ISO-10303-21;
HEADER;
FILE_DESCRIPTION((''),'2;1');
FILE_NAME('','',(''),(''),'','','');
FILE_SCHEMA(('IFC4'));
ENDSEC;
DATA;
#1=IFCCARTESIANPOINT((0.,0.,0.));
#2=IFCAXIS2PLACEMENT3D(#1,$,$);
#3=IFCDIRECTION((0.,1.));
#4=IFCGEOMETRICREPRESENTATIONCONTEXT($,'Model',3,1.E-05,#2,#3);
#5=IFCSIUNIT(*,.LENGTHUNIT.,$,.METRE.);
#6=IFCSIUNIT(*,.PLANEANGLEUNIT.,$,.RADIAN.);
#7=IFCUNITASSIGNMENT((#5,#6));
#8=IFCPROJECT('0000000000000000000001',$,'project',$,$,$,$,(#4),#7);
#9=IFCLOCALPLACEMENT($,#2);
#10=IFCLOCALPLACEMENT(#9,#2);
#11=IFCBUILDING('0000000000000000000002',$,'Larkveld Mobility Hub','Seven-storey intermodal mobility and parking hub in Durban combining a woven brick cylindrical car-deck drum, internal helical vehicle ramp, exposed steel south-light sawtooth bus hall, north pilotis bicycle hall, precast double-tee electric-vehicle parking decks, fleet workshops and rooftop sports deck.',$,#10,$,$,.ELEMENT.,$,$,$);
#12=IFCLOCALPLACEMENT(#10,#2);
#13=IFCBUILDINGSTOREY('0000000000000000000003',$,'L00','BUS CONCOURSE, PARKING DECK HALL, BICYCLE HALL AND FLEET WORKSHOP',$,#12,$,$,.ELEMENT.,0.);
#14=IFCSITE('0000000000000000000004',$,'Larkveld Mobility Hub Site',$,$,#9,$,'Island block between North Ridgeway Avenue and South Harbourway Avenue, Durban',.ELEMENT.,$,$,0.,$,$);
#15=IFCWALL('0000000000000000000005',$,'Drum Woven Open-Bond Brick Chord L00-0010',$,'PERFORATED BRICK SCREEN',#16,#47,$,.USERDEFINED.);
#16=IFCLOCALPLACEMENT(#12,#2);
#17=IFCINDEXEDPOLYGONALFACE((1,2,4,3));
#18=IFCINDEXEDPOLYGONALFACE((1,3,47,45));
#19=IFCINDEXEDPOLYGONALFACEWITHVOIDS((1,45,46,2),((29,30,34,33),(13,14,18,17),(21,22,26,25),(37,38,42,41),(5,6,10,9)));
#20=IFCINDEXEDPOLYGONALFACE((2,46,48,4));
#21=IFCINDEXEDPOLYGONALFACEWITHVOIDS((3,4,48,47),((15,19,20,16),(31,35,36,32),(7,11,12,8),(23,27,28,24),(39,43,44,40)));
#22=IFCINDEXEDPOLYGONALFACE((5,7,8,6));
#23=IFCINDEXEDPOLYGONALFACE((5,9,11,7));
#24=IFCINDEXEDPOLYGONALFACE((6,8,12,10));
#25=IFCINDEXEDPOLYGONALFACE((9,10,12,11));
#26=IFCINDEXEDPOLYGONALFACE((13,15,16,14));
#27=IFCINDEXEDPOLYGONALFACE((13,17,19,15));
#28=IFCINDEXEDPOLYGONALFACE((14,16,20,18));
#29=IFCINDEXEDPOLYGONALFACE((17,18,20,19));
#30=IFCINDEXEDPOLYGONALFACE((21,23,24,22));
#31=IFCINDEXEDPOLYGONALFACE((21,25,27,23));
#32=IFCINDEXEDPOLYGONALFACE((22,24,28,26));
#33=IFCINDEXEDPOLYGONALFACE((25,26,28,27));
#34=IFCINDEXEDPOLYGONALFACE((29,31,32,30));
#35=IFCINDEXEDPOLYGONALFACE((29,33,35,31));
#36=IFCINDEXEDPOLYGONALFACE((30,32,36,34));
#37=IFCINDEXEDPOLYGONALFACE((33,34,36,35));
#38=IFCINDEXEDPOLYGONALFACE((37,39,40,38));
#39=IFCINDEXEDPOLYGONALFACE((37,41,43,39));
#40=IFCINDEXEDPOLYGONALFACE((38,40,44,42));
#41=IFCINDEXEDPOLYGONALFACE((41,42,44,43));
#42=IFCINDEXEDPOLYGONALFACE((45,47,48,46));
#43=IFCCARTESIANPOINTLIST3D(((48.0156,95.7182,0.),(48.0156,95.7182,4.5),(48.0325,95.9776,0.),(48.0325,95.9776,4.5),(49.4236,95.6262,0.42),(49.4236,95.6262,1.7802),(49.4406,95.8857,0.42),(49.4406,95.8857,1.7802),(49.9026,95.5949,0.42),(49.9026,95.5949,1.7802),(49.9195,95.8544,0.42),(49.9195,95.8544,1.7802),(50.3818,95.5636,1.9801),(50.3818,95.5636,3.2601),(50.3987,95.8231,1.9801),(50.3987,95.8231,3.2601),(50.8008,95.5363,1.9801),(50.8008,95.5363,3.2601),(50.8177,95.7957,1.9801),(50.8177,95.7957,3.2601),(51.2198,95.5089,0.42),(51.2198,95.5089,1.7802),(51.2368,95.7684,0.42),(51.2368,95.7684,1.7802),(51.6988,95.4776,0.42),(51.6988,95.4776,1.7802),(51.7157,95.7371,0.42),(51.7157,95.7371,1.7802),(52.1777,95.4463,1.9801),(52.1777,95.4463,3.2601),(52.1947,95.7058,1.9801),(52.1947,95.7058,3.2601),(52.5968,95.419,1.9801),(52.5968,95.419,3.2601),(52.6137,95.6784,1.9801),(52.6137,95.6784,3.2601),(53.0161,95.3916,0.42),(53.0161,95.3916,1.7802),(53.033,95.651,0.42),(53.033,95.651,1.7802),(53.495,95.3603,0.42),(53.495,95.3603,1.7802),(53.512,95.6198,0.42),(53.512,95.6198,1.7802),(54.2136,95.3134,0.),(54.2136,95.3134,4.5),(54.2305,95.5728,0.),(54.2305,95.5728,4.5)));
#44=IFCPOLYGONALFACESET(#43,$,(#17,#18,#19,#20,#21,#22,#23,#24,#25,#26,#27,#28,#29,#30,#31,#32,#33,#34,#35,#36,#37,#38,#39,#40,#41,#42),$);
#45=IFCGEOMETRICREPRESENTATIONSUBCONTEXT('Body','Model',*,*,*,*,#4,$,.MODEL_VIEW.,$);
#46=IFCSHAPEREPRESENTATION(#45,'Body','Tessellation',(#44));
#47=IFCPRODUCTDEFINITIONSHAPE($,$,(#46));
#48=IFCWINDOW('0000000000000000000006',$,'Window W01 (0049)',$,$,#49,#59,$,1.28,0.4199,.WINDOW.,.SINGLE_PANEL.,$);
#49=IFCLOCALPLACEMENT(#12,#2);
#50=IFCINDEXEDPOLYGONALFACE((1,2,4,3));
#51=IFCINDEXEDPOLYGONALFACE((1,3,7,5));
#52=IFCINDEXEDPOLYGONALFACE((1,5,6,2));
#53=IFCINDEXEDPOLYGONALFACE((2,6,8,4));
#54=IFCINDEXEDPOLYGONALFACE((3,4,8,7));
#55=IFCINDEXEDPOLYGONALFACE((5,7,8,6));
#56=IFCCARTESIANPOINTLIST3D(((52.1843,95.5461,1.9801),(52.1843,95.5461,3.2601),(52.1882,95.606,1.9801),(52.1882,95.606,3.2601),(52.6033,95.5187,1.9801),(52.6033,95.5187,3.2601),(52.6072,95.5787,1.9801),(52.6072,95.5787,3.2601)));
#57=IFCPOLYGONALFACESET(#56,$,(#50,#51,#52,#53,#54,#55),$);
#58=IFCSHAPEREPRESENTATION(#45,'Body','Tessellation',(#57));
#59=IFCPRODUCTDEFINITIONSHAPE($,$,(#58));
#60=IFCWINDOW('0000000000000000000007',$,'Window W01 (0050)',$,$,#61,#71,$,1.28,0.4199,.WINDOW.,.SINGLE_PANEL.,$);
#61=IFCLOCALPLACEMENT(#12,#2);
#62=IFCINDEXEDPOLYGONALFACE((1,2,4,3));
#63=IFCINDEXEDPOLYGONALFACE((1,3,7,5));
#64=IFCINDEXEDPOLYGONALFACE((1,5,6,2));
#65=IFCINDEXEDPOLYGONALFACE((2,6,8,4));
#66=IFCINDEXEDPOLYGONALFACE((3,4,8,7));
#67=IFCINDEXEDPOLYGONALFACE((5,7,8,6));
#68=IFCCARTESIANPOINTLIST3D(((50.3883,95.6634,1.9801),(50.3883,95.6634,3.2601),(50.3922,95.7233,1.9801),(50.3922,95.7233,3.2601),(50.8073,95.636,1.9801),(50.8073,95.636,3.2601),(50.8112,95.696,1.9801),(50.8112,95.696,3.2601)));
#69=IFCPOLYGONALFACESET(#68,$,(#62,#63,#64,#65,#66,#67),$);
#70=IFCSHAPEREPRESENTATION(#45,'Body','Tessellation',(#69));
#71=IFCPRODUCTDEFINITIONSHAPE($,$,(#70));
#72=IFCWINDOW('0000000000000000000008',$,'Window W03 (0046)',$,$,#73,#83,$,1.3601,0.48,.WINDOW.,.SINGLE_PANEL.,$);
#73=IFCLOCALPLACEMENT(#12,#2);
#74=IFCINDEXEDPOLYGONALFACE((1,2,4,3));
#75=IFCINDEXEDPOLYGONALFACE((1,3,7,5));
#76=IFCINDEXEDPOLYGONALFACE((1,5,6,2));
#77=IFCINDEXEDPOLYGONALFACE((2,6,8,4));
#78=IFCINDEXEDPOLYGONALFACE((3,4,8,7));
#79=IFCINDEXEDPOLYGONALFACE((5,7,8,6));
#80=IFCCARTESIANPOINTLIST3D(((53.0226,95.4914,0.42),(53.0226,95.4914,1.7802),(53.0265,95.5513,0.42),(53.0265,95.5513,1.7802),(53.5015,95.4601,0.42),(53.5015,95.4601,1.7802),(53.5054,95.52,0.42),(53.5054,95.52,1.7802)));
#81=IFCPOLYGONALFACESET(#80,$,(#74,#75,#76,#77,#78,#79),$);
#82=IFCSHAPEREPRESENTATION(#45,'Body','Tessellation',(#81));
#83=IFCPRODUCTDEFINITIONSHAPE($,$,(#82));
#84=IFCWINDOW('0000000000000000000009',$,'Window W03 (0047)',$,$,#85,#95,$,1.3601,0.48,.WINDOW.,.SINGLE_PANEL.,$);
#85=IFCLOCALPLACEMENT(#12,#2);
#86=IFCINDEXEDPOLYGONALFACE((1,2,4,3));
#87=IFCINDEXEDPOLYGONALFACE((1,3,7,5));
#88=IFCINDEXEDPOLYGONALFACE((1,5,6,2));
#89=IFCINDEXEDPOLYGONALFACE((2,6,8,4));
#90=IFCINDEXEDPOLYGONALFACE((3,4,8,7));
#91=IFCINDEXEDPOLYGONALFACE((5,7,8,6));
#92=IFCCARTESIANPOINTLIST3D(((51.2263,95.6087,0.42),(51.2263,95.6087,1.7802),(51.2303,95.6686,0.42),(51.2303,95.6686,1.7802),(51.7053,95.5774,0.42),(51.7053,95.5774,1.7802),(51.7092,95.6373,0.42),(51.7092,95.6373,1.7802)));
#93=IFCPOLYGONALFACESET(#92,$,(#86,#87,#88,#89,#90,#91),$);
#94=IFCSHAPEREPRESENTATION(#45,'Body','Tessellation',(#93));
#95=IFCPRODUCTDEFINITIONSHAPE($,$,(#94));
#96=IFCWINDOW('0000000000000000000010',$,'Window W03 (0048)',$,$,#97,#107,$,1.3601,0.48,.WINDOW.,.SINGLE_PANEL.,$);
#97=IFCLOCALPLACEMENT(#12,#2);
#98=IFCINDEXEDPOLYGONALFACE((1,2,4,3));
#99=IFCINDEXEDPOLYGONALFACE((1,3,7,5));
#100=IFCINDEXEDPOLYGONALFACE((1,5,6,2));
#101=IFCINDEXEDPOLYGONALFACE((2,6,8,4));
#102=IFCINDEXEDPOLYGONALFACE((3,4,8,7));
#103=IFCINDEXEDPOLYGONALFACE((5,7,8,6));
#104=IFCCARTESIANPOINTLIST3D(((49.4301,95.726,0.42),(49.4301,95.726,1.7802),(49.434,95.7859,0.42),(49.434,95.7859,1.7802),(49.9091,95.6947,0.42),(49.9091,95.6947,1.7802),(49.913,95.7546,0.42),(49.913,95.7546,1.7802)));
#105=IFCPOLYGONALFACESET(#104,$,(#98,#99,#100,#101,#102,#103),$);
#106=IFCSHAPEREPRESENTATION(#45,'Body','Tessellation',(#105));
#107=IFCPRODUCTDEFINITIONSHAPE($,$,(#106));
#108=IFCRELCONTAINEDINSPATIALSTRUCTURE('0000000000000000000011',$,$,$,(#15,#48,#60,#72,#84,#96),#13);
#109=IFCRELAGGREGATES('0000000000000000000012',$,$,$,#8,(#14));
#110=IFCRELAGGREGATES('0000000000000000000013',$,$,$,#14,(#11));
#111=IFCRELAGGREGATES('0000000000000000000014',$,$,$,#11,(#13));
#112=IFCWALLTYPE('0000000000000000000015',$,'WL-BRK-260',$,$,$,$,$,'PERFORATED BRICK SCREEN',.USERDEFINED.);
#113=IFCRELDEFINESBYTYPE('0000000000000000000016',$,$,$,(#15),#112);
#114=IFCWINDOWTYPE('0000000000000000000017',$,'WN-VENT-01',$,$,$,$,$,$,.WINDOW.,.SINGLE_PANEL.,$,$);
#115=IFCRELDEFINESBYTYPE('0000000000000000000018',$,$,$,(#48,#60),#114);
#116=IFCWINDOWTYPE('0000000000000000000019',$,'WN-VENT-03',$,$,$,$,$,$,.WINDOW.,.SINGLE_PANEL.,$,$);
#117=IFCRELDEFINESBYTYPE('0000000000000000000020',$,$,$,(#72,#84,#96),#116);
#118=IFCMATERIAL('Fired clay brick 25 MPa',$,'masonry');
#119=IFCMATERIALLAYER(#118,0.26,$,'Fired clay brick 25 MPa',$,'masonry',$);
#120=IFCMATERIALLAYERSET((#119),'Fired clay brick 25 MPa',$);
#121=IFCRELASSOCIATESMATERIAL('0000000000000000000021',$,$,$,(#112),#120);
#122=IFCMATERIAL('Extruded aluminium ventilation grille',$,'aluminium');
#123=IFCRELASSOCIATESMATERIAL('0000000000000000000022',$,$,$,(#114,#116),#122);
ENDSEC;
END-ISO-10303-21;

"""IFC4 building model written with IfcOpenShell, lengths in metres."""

from ifc_helpers import new_model, si_unit, direction, frame, frame_2d, origin, place, context, subcontext, project, spatial, rectangle, extrude, material, layer, layer_set, type_object, element, fill, save


model = new_model("IFC4")

# Units and contexts
model_context = context("Model", 3, precision=1e-05, world=origin(), true_north=direction((0.0, 1.0)))
body_context = subcontext(model_context, "Body", "Model", "MODEL_VIEW")
ifc_project = project(units=[si_unit("LENGTHUNIT", "METRE"), si_unit("PLANEANGLEUNIT", "RADIAN")], contexts=[model_context])

# Site, building, storey
site_placement = place(None, origin())
site = spatial("IfcSite", under=ifc_project, at=site_placement, Name="Larkveld Mobility Hub Site", LongName="Island block between North Ridgeway Avenue and South Harbourway Avenue, Durban", CompositionType="ELEMENT", RefElevation=0.0)
building_placement = place(site_placement, origin())
building = spatial("IfcBuilding", under=site, at=building_placement, Name="Larkveld Mobility Hub", Description="Seven-storey intermodal mobility and parking hub in Durban combining a woven brick cylindrical car-deck drum, internal helical vehicle ramp, exposed steel south-light sawtooth bus hall, north pilotis bicycle hall, precast double-tee electric-vehicle parking decks, fleet workshops and rooftop sports deck.", CompositionType="ELEMENT")
storey_placement = place(building_placement, origin())
storey = spatial("IfcBuildingStorey", under=building, at=storey_placement, Name="L00", Description="BUS CONCOURSE, PARKING DECK HALL, BICYCLE HALL AND FLEET WORKSHOP", CompositionType="ELEMENT", Elevation=0.0)

# Wall, openings, windows
ifc_material_1 = material(Name="Fired clay brick 25 MPa", Category="masonry")
ifc_layer_1 = layer(ifc_material_1, 0.26, Name="Fired clay brick 25 MPa", Category="masonry")
ifc_layer_set_1 = layer_set([ifc_layer_1], Name="Fired clay brick 25 MPa")
wall_type_1 = type_object("IfcWallType", Name="WL-BRK-260", ElementType="PERFORATED BRICK SCREEN", PredefinedType="USERDEFINED", material=ifc_layer_set_1)
wall_1_placement = place(storey_placement, frame((54.2219, 95.4431, 0.0), z_axis=(0.0, 0.0, 1.0), x_axis=(-0.997874, 0.06517, 0.0)))
wall_1 = element("IfcWall", 1, at=wall_1_placement, inside=storey, type_object=wall_type_1, Name="Drum Woven Open-Bond Brick Chord L00-0010", ObjectType="PERFORATED BRICK SCREEN", PredefinedType="USERDEFINED", context=body_context, shape_type="SweptSolid", body=[
    extrude(rectangle(XDim=6.2112, YDim=0.26, at=frame_2d((3.1055, 0.0))), origin(), (0.0, 0.0, 1.0), 4.5),
])
opening_1_placement = place(wall_1_placement, frame((0.72, 0.0, 0.4199)))
opening_1 = element("IfcOpeningElement", 2, at=opening_1_placement, cuts=wall_1, PredefinedType="OPENING", context=body_context, shape_type="SweptSolid", body=[
    extrude(rectangle(XDim=0.48, YDim=1.3601, at=frame_2d((0.24, 0.6802))), frame((0.0, 0.1401, 0.0), z_axis=(0.0, -1.0, 0.0), x_axis=(1.0, 0.0, 0.0)), (0.0, 0.0, 1.0), 0.28),
])
opening_2_placement = place(wall_1_placement, frame((2.52, 0.0, 0.4199)))
opening_2 = element("IfcOpeningElement", 3, at=opening_2_placement, cuts=wall_1, PredefinedType="OPENING", context=body_context, shape_type="SweptSolid", body=[
    extrude(rectangle(XDim=0.48, YDim=1.3601, at=frame_2d((0.24, 0.6802))), frame((0.0, 0.1401, 0.0), z_axis=(0.0, -1.0, 0.0), x_axis=(1.0, 0.0, 0.0)), (0.0, 0.0, 1.0), 0.28),
])
opening_3_placement = place(wall_1_placement, frame((4.3201, 0.0, 0.4199)))
opening_3 = element("IfcOpeningElement", 4, at=opening_3_placement, cuts=wall_1, PredefinedType="OPENING", context=body_context, shape_type="SweptSolid", body=[
    extrude(rectangle(XDim=0.48, YDim=1.3601, at=frame_2d((0.24, 0.6802))), frame((0.0, 0.1401, 0.0), z_axis=(0.0, -1.0, 0.0), x_axis=(1.0, 0.0, 0.0)), (0.0, 0.0, 1.0), 0.28),
])
opening_4_placement = place(wall_1_placement, frame((1.6201, 0.0, 1.98)))
opening_4 = element("IfcOpeningElement", 5, at=opening_4_placement, cuts=wall_1, PredefinedType="OPENING", context=body_context, shape_type="SweptSolid", body=[
    extrude(rectangle(XDim=0.4199, YDim=1.28, at=frame_2d((0.21, 0.6401))), frame((0.0, 0.1401, 0.0), z_axis=(0.0, -1.0, 0.0), x_axis=(1.0, 0.0, 0.0)), (0.0, 0.0, 1.0), 0.28),
])
opening_5_placement = place(wall_1_placement, frame((3.4199, 0.0, 1.98)))
opening_5 = element("IfcOpeningElement", 6, at=opening_5_placement, cuts=wall_1, PredefinedType="OPENING", context=body_context, shape_type="SweptSolid", body=[
    extrude(rectangle(XDim=0.4199, YDim=1.28, at=frame_2d((0.21, 0.6401))), frame((0.0, 0.1401, 0.0), z_axis=(0.0, -1.0, 0.0), x_axis=(1.0, 0.0, 0.0)), (0.0, 0.0, 1.0), 0.28),
])
ifc_material_2 = material(Name="Extruded aluminium ventilation grille", Category="aluminium")
window_type_1 = type_object("IfcWindowType", Name="WN-VENT-01", PartitioningType="SINGLE_PANEL", PredefinedType="WINDOW", material=ifc_material_2)
window_1_placement = place(opening_4_placement, origin())
window_1 = element("IfcWindow", 7, at=window_1_placement, inside=storey, type_object=window_type_1, Name="Window W01 (0049)", OverallHeight=1.28, OverallWidth=0.4199, PartitioningType="SINGLE_PANEL", PredefinedType="WINDOW", context=body_context, shape_type="SweptSolid", body=[
    extrude(rectangle(XDim=0.4199, YDim=1.28, at=frame_2d((0.21, 0.6401))), frame((0.0, 0.03, 0.0), z_axis=(0.0, -1.0, 0.0), x_axis=(1.0, 0.0, 0.0)), (0.0, 0.0, 1.0), 0.0601),
])
fill(opening_4, window_1)
window_2_placement = place(opening_5_placement, origin())
window_2 = element("IfcWindow", 8, at=window_2_placement, inside=storey, type_object=window_type_1, Name="Window W01 (0050)", OverallHeight=1.28, OverallWidth=0.4199, PartitioningType="SINGLE_PANEL", PredefinedType="WINDOW", context=body_context, shape_type="SweptSolid", body=[
    extrude(rectangle(XDim=0.4199, YDim=1.28, at=frame_2d((0.21, 0.6401))), frame((0.0, 0.03, 0.0), z_axis=(0.0, -1.0, 0.0), x_axis=(1.0, 0.0, 0.0)), (0.0, 0.0, 1.0), 0.0601),
])
fill(opening_5, window_2)
window_type_2 = type_object("IfcWindowType", Name="WN-VENT-03", PartitioningType="SINGLE_PANEL", PredefinedType="WINDOW", material=ifc_material_2)
window_3_placement = place(opening_1_placement, origin())
window_3 = element("IfcWindow", 9, at=window_3_placement, inside=storey, type_object=window_type_2, Name="Window W03 (0046)", OverallHeight=1.3601, OverallWidth=0.48, PartitioningType="SINGLE_PANEL", PredefinedType="WINDOW", context=body_context, shape_type="SweptSolid", body=[
    extrude(rectangle(XDim=0.48, YDim=1.3601, at=frame_2d((0.24, 0.6802))), frame((0.0, 0.03, 0.0), z_axis=(0.0, -1.0, 0.0), x_axis=(1.0, 0.0, 0.0)), (0.0, 0.0, 1.0), 0.0601),
])
fill(opening_1, window_3)
window_4_placement = place(opening_2_placement, origin())
window_4 = element("IfcWindow", 10, at=window_4_placement, inside=storey, type_object=window_type_2, Name="Window W03 (0047)", OverallHeight=1.3601, OverallWidth=0.48, PartitioningType="SINGLE_PANEL", PredefinedType="WINDOW", context=body_context, shape_type="SweptSolid", body=[
    extrude(rectangle(XDim=0.48, YDim=1.3601, at=frame_2d((0.24, 0.6802))), frame((0.0, 0.03, 0.0), z_axis=(0.0, -1.0, 0.0), x_axis=(1.0, 0.0, 0.0)), (0.0, 0.0, 1.0), 0.0601),
])
fill(opening_2, window_4)
window_5_placement = place(opening_3_placement, origin())
window_5 = element("IfcWindow", 11, at=window_5_placement, inside=storey, type_object=window_type_2, Name="Window W03 (0048)", OverallHeight=1.3601, OverallWidth=0.48, PartitioningType="SINGLE_PANEL", PredefinedType="WINDOW", context=body_context, shape_type="SweptSolid", body=[
    extrude(rectangle(XDim=0.48, YDim=1.3601, at=frame_2d((0.24, 0.6802))), frame((0.0, 0.03, 0.0), z_axis=(0.0, -1.0, 0.0), x_axis=(1.0, 0.0, 0.0)), (0.0, 0.0, 1.0), 0.0601),
])
fill(opening_3, window_5)

save(model, "model.ifc")
